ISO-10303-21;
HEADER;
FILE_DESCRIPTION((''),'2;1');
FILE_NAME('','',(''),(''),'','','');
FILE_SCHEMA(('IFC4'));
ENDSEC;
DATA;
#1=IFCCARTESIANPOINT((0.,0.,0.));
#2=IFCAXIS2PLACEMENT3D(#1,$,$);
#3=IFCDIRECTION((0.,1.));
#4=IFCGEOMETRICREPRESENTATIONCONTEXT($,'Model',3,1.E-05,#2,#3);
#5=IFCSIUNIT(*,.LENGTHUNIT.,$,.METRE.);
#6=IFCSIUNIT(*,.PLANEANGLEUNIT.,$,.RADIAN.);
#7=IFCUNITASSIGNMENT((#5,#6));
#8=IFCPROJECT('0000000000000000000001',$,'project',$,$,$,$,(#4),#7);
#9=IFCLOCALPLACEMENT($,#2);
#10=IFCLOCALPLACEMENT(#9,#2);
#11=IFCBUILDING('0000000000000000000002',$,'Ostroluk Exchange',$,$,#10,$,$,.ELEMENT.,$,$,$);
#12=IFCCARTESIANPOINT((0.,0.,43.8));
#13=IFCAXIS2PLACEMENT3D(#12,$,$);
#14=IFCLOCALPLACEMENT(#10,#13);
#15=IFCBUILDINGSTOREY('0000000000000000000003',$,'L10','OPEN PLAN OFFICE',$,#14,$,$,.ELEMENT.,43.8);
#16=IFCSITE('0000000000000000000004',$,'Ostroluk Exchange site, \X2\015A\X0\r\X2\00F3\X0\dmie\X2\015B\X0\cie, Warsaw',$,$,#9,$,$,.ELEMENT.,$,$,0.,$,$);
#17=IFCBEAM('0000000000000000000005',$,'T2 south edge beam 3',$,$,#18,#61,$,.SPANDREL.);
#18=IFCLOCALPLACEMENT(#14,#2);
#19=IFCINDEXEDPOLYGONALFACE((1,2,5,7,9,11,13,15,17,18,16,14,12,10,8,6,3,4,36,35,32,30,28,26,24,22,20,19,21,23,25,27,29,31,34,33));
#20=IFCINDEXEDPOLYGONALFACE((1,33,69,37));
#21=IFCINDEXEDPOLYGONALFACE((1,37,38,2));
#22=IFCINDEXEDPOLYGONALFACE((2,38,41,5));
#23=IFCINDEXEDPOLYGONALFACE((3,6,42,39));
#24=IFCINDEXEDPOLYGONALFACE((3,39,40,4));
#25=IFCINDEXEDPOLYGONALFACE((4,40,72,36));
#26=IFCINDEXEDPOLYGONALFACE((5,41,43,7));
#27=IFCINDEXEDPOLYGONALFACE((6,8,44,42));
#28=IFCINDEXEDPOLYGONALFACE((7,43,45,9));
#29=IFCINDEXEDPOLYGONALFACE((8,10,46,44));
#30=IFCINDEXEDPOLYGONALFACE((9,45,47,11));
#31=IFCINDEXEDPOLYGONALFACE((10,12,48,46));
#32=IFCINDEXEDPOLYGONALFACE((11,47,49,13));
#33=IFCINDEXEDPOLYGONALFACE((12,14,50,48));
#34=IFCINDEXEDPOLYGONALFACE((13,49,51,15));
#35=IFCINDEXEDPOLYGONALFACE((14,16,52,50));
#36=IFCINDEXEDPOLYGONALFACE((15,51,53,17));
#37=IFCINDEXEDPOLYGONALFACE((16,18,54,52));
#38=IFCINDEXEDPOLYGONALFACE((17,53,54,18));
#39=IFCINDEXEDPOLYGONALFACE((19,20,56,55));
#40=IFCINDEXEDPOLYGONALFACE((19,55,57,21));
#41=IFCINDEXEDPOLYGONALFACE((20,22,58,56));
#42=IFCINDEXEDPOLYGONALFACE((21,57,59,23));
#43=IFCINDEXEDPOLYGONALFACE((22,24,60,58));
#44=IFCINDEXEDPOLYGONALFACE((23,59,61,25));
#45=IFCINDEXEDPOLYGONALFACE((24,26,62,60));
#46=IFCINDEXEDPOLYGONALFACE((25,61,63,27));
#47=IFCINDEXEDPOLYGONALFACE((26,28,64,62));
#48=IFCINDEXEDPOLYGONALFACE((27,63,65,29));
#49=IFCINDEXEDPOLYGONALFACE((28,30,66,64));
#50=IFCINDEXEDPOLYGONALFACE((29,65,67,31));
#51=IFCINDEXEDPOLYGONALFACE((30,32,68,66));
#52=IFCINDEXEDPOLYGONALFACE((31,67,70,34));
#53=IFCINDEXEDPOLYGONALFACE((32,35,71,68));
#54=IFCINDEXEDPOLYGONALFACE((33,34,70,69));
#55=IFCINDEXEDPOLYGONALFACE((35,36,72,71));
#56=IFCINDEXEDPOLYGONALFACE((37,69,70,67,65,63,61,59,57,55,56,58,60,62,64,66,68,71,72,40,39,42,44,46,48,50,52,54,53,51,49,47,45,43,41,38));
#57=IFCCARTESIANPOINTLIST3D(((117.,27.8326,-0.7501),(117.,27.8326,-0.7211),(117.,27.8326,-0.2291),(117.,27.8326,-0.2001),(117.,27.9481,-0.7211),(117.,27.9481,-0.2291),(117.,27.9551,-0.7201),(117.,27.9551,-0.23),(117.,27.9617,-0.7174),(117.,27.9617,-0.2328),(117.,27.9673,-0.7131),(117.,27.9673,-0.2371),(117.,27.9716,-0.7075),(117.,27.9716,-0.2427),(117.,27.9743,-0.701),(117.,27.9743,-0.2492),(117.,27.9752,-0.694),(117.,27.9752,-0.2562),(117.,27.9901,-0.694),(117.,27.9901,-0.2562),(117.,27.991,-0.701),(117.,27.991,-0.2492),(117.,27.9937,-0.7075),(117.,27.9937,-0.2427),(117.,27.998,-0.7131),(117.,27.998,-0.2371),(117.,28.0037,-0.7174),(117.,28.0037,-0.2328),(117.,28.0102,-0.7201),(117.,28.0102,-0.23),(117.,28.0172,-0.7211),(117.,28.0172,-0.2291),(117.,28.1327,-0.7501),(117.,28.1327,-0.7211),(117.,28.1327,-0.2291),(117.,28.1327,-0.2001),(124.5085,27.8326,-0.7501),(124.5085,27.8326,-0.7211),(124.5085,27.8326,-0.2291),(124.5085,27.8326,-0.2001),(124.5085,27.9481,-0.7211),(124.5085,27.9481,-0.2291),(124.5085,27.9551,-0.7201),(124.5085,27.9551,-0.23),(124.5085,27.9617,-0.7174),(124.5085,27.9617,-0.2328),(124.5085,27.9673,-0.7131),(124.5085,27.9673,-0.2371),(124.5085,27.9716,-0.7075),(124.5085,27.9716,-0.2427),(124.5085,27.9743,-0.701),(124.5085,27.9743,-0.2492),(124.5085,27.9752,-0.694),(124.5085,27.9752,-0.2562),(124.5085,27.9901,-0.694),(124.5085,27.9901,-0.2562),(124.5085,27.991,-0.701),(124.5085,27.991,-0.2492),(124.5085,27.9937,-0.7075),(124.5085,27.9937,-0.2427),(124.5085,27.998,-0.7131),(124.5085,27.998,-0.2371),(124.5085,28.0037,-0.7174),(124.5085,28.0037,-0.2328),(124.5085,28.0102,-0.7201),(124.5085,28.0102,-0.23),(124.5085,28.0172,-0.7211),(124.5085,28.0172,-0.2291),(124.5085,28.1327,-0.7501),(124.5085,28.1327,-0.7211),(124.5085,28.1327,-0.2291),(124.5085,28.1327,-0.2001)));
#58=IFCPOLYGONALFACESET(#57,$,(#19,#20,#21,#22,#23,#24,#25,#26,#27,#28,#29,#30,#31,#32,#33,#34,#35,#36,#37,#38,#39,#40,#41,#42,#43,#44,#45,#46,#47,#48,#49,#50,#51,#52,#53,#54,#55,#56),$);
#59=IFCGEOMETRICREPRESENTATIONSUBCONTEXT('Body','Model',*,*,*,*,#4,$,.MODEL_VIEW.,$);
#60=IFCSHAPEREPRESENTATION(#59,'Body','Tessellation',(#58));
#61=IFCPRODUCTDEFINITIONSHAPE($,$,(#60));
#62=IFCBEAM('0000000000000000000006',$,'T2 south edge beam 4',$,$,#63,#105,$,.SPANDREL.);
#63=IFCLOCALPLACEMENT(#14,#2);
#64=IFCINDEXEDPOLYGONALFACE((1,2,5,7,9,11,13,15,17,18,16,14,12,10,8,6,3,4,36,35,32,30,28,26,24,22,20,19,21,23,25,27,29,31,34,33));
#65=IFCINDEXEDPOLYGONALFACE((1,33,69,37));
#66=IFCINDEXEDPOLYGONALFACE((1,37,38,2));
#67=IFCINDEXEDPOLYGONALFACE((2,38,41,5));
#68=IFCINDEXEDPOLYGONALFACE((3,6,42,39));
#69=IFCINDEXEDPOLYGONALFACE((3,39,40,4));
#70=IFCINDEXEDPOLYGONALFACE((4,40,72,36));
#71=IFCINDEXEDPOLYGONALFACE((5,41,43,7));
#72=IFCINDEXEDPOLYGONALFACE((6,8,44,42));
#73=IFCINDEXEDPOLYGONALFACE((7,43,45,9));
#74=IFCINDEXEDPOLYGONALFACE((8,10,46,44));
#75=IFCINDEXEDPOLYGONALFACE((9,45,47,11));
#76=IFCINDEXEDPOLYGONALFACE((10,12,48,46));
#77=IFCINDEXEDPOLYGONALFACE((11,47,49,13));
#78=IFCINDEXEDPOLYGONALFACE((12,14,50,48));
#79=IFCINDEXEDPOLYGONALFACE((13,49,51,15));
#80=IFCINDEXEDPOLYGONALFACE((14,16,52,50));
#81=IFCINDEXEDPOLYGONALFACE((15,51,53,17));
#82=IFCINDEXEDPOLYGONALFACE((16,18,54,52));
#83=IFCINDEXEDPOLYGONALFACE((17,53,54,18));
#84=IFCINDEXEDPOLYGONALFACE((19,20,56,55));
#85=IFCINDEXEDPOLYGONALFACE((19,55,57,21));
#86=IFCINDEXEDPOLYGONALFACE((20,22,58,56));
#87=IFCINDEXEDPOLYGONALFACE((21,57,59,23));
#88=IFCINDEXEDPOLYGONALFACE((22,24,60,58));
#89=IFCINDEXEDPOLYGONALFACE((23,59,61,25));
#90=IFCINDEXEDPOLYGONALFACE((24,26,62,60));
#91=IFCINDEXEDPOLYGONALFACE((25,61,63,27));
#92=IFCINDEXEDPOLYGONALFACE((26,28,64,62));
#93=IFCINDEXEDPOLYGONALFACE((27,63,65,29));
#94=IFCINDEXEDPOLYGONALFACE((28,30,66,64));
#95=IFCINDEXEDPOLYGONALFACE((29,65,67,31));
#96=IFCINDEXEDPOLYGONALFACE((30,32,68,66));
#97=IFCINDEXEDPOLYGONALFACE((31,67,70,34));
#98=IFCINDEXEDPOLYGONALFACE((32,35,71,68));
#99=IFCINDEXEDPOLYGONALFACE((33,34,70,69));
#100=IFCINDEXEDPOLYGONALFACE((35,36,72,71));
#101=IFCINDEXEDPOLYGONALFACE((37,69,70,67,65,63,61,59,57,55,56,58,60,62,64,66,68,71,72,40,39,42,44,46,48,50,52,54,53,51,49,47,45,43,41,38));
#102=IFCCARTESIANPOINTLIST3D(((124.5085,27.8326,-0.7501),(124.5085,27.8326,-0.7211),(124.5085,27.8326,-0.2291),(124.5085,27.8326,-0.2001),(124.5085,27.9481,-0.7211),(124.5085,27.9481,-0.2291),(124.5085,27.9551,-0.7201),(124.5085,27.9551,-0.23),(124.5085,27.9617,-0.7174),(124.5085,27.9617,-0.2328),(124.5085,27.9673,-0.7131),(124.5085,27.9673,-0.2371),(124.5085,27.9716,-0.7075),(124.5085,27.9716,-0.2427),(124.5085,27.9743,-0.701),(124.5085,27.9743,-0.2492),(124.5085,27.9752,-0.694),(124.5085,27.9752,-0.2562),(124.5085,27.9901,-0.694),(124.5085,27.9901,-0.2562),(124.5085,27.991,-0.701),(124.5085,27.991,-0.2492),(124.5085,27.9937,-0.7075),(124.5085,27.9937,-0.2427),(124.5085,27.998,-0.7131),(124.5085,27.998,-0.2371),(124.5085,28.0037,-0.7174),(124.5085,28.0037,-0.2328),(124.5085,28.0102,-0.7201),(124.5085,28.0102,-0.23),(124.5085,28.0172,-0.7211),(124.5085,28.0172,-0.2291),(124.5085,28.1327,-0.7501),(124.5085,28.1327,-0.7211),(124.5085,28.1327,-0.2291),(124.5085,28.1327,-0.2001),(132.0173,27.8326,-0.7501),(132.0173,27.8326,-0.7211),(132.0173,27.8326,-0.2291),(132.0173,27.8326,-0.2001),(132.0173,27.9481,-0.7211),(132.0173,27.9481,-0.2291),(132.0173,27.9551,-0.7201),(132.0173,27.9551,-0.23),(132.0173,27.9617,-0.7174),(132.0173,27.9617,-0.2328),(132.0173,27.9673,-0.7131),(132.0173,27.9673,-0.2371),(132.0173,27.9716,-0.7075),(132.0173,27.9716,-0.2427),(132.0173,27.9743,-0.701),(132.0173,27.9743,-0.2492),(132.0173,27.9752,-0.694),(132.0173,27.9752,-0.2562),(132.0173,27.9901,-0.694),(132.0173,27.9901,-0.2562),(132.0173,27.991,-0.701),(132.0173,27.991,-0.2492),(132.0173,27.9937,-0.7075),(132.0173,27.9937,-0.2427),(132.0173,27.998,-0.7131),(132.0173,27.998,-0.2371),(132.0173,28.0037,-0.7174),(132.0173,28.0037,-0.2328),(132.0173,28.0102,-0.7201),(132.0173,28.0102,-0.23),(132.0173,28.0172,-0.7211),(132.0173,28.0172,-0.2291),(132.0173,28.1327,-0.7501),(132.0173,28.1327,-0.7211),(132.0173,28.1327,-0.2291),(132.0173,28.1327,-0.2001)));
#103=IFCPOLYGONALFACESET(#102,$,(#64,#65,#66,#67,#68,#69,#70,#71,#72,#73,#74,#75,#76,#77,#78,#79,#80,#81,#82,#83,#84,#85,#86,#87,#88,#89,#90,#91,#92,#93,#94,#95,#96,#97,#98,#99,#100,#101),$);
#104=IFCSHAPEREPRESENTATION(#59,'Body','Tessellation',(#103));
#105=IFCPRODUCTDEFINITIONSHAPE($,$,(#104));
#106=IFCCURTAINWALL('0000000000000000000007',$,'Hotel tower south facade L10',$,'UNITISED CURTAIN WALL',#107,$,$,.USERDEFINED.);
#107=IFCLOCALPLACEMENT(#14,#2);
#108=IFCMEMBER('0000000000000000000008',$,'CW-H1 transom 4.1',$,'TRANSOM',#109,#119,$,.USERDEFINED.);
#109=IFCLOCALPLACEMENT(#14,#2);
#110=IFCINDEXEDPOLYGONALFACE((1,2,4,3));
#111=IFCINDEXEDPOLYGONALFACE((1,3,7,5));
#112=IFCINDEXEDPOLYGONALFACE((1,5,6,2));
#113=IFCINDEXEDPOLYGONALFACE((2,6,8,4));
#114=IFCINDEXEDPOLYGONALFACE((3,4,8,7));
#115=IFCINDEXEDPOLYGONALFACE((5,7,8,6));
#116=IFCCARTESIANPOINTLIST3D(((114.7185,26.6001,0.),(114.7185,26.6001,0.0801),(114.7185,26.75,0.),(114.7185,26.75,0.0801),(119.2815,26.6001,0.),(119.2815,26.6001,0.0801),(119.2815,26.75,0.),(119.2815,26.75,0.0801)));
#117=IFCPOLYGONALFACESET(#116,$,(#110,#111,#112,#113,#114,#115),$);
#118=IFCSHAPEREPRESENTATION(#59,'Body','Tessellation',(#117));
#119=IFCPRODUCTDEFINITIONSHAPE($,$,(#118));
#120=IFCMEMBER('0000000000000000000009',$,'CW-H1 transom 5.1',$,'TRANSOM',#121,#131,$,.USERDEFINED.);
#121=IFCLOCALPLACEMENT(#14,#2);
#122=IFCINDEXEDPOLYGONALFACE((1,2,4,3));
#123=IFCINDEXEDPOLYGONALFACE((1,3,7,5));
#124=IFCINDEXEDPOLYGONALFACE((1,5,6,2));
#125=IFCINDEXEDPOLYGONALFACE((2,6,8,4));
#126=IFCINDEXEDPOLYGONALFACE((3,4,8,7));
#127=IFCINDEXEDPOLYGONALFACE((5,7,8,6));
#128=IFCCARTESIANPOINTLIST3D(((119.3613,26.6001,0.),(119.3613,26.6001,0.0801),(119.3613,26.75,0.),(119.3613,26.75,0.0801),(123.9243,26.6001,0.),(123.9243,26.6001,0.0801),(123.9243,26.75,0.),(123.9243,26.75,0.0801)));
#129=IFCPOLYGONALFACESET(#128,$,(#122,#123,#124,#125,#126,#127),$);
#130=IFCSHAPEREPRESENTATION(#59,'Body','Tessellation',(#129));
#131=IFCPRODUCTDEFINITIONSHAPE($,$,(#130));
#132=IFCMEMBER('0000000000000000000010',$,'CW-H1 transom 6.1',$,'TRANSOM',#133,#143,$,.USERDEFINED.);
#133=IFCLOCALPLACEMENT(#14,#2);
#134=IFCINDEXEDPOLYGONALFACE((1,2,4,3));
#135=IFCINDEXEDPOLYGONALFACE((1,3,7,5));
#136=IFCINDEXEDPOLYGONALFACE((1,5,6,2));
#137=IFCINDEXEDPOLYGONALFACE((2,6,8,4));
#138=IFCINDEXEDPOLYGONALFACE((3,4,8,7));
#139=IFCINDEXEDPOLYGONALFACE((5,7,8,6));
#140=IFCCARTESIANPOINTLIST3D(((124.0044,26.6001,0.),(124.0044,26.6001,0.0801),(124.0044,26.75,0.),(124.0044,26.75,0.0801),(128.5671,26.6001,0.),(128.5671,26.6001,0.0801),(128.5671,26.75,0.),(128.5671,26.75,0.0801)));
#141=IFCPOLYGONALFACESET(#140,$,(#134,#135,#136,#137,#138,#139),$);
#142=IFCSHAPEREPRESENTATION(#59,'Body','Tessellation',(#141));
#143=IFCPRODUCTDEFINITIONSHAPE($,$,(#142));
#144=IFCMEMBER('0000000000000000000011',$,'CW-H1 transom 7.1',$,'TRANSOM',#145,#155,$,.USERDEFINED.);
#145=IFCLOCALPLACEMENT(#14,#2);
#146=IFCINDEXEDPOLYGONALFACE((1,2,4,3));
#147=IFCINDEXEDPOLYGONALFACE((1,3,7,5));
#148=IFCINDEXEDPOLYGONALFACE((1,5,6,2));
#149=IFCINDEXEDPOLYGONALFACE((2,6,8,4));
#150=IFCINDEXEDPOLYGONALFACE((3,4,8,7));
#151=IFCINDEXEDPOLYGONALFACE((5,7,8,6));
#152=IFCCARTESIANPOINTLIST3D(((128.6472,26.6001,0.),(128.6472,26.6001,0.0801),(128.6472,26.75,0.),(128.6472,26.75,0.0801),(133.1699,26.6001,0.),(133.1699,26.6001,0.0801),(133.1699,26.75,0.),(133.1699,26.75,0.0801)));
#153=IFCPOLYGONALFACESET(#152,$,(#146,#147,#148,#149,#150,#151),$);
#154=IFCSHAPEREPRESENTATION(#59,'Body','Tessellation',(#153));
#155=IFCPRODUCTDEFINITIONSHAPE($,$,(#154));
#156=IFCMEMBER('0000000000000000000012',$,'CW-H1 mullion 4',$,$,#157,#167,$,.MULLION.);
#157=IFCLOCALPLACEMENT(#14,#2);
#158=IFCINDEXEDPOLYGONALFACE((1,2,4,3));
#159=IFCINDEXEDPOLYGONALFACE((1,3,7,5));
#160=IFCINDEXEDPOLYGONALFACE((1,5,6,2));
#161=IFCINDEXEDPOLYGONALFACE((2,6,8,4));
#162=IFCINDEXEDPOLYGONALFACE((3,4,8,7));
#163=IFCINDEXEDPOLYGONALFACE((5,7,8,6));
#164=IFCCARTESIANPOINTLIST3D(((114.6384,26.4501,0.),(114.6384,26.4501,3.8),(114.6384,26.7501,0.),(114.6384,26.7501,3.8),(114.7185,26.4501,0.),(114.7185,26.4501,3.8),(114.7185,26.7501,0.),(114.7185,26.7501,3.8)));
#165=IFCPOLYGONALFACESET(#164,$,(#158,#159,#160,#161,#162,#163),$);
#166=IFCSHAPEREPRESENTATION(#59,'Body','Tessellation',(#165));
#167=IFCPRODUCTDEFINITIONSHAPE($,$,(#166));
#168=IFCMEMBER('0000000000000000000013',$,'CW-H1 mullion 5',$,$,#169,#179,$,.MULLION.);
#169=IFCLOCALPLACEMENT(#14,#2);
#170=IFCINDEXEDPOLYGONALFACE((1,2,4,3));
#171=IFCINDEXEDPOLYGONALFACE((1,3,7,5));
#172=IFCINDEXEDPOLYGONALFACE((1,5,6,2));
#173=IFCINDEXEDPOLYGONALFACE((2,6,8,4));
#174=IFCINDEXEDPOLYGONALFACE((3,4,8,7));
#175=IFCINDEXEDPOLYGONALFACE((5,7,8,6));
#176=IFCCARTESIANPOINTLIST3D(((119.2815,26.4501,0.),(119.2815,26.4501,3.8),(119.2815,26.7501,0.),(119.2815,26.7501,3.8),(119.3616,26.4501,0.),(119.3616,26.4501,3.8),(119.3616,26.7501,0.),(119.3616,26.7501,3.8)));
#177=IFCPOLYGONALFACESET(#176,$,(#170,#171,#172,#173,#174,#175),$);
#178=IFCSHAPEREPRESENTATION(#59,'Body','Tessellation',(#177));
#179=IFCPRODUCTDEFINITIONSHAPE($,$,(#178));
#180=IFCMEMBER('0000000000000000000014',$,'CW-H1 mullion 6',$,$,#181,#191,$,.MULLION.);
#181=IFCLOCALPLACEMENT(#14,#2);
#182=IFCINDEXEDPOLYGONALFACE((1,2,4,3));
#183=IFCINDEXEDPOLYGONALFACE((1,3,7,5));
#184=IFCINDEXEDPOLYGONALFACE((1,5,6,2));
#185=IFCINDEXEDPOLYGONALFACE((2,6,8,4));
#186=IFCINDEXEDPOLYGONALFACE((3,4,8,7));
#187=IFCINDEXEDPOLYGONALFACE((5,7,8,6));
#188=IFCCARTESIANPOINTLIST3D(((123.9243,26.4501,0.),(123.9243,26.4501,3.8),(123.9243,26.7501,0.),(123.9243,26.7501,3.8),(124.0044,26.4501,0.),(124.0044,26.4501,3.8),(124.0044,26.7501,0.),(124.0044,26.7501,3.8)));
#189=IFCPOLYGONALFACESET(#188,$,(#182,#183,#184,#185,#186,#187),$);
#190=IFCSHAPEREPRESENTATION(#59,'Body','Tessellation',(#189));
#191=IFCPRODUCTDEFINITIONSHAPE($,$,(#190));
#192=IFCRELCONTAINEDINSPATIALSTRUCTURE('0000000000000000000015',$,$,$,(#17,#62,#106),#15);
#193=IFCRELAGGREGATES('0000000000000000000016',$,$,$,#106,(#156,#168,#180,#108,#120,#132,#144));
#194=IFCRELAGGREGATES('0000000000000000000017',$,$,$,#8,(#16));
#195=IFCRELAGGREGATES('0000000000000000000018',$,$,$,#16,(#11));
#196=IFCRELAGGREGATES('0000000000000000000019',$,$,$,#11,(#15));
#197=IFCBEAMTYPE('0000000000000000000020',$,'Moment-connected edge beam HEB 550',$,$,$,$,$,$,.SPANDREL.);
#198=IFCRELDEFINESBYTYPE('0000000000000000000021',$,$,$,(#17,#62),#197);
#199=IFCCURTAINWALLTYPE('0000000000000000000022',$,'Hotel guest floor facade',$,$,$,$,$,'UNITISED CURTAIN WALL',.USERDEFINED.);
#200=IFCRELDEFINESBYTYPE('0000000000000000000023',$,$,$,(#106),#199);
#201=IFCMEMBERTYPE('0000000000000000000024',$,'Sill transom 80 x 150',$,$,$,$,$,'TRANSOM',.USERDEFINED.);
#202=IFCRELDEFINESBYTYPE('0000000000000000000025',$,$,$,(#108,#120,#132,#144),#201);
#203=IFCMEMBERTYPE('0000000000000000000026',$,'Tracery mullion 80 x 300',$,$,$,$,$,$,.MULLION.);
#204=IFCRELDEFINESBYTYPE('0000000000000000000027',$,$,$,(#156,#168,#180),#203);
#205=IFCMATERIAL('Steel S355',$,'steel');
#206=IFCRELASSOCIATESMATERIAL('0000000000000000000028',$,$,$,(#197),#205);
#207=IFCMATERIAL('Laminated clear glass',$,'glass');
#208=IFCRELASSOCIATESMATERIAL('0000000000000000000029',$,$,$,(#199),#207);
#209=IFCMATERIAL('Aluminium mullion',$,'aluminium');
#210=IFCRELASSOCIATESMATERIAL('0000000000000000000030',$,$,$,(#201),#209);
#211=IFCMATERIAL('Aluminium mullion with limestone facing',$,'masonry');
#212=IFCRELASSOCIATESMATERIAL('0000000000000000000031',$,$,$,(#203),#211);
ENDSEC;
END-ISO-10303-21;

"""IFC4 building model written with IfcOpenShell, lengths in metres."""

from ifc_helpers import new_model, si_unit, direction, frame, origin, origin_2d, place, context, subcontext, project, spatial, rectangle, i_section, extrude, material, material_profile, profile_set, type_object, element, aggregate, save


model = new_model("IFC4")

# Units and contexts
model_context = context("Model", 3, precision=1e-05, world=origin(), true_north=direction((0.0, 1.0)))
body_context = subcontext(model_context, "Body", "Model", "MODEL_VIEW")
ifc_project = project(units=[si_unit("LENGTHUNIT", "METRE"), si_unit("PLANEANGLEUNIT", "RADIAN")], contexts=[model_context])

# Site, building, storey
site_placement = place(None, origin())
site = spatial("IfcSite", under=ifc_project, at=site_placement, Name="Ostroluk Exchange site, Śródmieście, Warsaw", CompositionType="ELEMENT", RefElevation=0.0)
building_placement = place(site_placement, origin())
building = spatial("IfcBuilding", under=site, at=building_placement, Name="Ostroluk Exchange", CompositionType="ELEMENT")
storey_placement = place(building_placement, frame((0.0, 0.0, 43.8)))
storey = spatial("IfcBuildingStorey", under=building, at=storey_placement, Name="L10", Description="OPEN PLAN OFFICE", CompositionType="ELEMENT", Elevation=43.8)

# Beams
ifc_material_1 = material(Name="Steel S355", Category="steel")
ifc_material_profile_1 = material_profile(ifc_material_1, i_section(OverallWidth=0.3, OverallDepth=0.55, WebThickness=0.0149, FlangeThickness=0.0291, FilletRadius=0.0271, at=origin_2d()), Name="HEB 550")
ifc_profile_set_1 = profile_set([ifc_material_profile_1], Name="Steel S355")
beam_type = type_object("IfcBeamType", Name="Moment-connected edge beam HEB 550", PredefinedType="SPANDREL", material=ifc_profile_set_1)
beam_1_placement = place(storey_placement, frame((117.0, 27.9827, -0.4751), z_axis=(1.0, 0.0, 0.0), x_axis=(0.0, 1.0, 0.0)))
element("IfcBeam", 1, at=beam_1_placement, inside=storey, type_object=beam_type, Name="T2 south edge beam 3", PredefinedType="SPANDREL", context=body_context, shape_type="SweptSolid", body=[
    extrude(i_section(OverallWidth=0.3, OverallDepth=0.55, WebThickness=0.0149, FlangeThickness=0.0291, FilletRadius=0.0271, at=origin_2d()), origin(), (0.0, 0.0, 1.0), 7.5085),
])
beam_2_placement = place(storey_placement, frame((124.5085, 27.9827, -0.4751), z_axis=(1.0, 0.0, 0.0), x_axis=(0.0, 1.0, 0.0)))
element("IfcBeam", 2, at=beam_2_placement, inside=storey, type_object=beam_type, Name="T2 south edge beam 4", PredefinedType="SPANDREL", context=body_context, shape_type="SweptSolid", body=[
    extrude(i_section(OverallWidth=0.3, OverallDepth=0.55, WebThickness=0.0149, FlangeThickness=0.0291, FilletRadius=0.0271, at=origin_2d()), origin(), (0.0, 0.0, 1.0), 7.5088),
])

# Curtain wall, members
ifc_material_2 = material(Name="Laminated clear glass", Category="glass")
curtain_wall_type = type_object("IfcCurtainWallType", Name="Hotel guest floor facade", ElementType="UNITISED CURTAIN WALL", PredefinedType="USERDEFINED", material=ifc_material_2)
curtain_wall_placement = place(storey_placement, origin())
curtain_wall = element("IfcCurtainWall", 3, at=curtain_wall_placement, inside=storey, type_object=curtain_wall_type, Name="Hotel tower south facade L10", ObjectType="UNITISED CURTAIN WALL", PredefinedType="USERDEFINED")
ifc_material_3 = material(Name="Aluminium mullion", Category="aluminium")
ifc_material_profile_2 = material_profile(ifc_material_3, rectangle(XDim=0.1499, YDim=0.0801, at=origin_2d()), Name="Sill transom 80 x 150")
ifc_profile_set_2 = profile_set([ifc_material_profile_2], Name="Aluminium mullion")
member_type_1 = type_object("IfcMemberType", Name="Sill transom 80 x 150", ElementType="TRANSOM", PredefinedType="USERDEFINED", material=ifc_profile_set_2)
member_1_placement = place(storey_placement, frame((114.7185, 26.675, 0.04), z_axis=(1.0, 0.0, 0.0), x_axis=(0.0, 1.0, 0.0)))
member_1 = element("IfcMember", 4, at=member_1_placement, type_object=member_type_1, Name="CW-H1 transom 4.1", ObjectType="TRANSOM", PredefinedType="USERDEFINED", context=body_context, shape_type="SweptSolid", body=[
    extrude(rectangle(XDim=0.1499, YDim=0.0801, at=origin_2d()), origin(), (0.0, 0.0, 1.0), 4.563),
])
member_2_placement = place(storey_placement, frame((119.3613, 26.675, 0.04), z_axis=(1.0, 0.0, 0.0), x_axis=(0.0, 1.0, 0.0)))
member_2 = element("IfcMember", 5, at=member_2_placement, type_object=member_type_1, Name="CW-H1 transom 5.1", ObjectType="TRANSOM", PredefinedType="USERDEFINED", context=body_context, shape_type="SweptSolid", body=[
    extrude(rectangle(XDim=0.1499, YDim=0.0801, at=origin_2d()), origin(), (0.0, 0.0, 1.0), 4.563),
])
member_3_placement = place(storey_placement, frame((124.0044, 26.675, 0.04), z_axis=(1.0, 0.0, 0.0), x_axis=(0.0, 1.0, 0.0)))
member_3 = element("IfcMember", 6, at=member_3_placement, type_object=member_type_1, Name="CW-H1 transom 6.1", ObjectType="TRANSOM", PredefinedType="USERDEFINED", context=body_context, shape_type="SweptSolid", body=[
    extrude(rectangle(XDim=0.1499, YDim=0.0801, at=origin_2d()), origin(), (0.0, 0.0, 1.0), 4.5627),
])
member_4_placement = place(storey_placement, frame((128.6472, 26.675, 0.04), z_axis=(1.0, 0.0, 0.0), x_axis=(0.0, 1.0, 0.0)))
member_4 = element("IfcMember", 7, at=member_4_placement, type_object=member_type_1, Name="CW-H1 transom 7.1", ObjectType="TRANSOM", PredefinedType="USERDEFINED", context=body_context, shape_type="SweptSolid", body=[
    extrude(rectangle(XDim=0.1499, YDim=0.0801, at=origin_2d()), origin(), (0.0, 0.0, 1.0), 4.5227),
])
ifc_material_4 = material(Name="Aluminium mullion with limestone facing", Category="masonry")
ifc_material_profile_3 = material_profile(ifc_material_4, rectangle(XDim=0.3, YDim=0.0801, at=origin_2d()), Name="Tracery mullion 80 x 300")
ifc_profile_set_3 = profile_set([ifc_material_profile_3], Name="Aluminium mullion with limestone facing")
member_type_2 = type_object("IfcMemberType", Name="Tracery mullion 80 x 300", PredefinedType="MULLION", material=ifc_profile_set_3)
member_5_placement = place(storey_placement, frame((114.6785, 26.6001, 0.0), z_axis=(0.0, 0.0, 1.0), x_axis=(0.0, 1.0, 0.0)))
member_5 = element("IfcMember", 8, at=member_5_placement, type_object=member_type_2, Name="CW-H1 mullion 4", PredefinedType="MULLION", context=body_context, shape_type="SweptSolid", body=[
    extrude(rectangle(XDim=0.3, YDim=0.0801, at=origin_2d()), origin(), (0.0, 0.0, 1.0), 3.8),
])
member_6_placement = place(storey_placement, frame((119.3215, 26.6001, 0.0), z_axis=(0.0, 0.0, 1.0), x_axis=(0.0, 1.0, 0.0)))
member_6 = element("IfcMember", 9, at=member_6_placement, type_object=member_type_2, Name="CW-H1 mullion 5", PredefinedType="MULLION", context=body_context, shape_type="SweptSolid", body=[
    extrude(rectangle(XDim=0.3, YDim=0.0801, at=origin_2d()), origin(), (0.0, 0.0, 1.0), 3.8),
])
member_7_placement = place(storey_placement, frame((123.9644, 26.6001, 0.0), z_axis=(0.0, 0.0, 1.0), x_axis=(0.0, 1.0, 0.0)))
member_7 = element("IfcMember", 10, at=member_7_placement, type_object=member_type_2, Name="CW-H1 mullion 6", PredefinedType="MULLION", context=body_context, shape_type="SweptSolid", body=[
    extrude(rectangle(XDim=0.3, YDim=0.0801, at=origin_2d()), origin(), (0.0, 0.0, 1.0), 3.8),
])
aggregate(curtain_wall, [member_5, member_6, member_7, member_1, member_2, member_3, member_4])

save(model, "model.ifc")
